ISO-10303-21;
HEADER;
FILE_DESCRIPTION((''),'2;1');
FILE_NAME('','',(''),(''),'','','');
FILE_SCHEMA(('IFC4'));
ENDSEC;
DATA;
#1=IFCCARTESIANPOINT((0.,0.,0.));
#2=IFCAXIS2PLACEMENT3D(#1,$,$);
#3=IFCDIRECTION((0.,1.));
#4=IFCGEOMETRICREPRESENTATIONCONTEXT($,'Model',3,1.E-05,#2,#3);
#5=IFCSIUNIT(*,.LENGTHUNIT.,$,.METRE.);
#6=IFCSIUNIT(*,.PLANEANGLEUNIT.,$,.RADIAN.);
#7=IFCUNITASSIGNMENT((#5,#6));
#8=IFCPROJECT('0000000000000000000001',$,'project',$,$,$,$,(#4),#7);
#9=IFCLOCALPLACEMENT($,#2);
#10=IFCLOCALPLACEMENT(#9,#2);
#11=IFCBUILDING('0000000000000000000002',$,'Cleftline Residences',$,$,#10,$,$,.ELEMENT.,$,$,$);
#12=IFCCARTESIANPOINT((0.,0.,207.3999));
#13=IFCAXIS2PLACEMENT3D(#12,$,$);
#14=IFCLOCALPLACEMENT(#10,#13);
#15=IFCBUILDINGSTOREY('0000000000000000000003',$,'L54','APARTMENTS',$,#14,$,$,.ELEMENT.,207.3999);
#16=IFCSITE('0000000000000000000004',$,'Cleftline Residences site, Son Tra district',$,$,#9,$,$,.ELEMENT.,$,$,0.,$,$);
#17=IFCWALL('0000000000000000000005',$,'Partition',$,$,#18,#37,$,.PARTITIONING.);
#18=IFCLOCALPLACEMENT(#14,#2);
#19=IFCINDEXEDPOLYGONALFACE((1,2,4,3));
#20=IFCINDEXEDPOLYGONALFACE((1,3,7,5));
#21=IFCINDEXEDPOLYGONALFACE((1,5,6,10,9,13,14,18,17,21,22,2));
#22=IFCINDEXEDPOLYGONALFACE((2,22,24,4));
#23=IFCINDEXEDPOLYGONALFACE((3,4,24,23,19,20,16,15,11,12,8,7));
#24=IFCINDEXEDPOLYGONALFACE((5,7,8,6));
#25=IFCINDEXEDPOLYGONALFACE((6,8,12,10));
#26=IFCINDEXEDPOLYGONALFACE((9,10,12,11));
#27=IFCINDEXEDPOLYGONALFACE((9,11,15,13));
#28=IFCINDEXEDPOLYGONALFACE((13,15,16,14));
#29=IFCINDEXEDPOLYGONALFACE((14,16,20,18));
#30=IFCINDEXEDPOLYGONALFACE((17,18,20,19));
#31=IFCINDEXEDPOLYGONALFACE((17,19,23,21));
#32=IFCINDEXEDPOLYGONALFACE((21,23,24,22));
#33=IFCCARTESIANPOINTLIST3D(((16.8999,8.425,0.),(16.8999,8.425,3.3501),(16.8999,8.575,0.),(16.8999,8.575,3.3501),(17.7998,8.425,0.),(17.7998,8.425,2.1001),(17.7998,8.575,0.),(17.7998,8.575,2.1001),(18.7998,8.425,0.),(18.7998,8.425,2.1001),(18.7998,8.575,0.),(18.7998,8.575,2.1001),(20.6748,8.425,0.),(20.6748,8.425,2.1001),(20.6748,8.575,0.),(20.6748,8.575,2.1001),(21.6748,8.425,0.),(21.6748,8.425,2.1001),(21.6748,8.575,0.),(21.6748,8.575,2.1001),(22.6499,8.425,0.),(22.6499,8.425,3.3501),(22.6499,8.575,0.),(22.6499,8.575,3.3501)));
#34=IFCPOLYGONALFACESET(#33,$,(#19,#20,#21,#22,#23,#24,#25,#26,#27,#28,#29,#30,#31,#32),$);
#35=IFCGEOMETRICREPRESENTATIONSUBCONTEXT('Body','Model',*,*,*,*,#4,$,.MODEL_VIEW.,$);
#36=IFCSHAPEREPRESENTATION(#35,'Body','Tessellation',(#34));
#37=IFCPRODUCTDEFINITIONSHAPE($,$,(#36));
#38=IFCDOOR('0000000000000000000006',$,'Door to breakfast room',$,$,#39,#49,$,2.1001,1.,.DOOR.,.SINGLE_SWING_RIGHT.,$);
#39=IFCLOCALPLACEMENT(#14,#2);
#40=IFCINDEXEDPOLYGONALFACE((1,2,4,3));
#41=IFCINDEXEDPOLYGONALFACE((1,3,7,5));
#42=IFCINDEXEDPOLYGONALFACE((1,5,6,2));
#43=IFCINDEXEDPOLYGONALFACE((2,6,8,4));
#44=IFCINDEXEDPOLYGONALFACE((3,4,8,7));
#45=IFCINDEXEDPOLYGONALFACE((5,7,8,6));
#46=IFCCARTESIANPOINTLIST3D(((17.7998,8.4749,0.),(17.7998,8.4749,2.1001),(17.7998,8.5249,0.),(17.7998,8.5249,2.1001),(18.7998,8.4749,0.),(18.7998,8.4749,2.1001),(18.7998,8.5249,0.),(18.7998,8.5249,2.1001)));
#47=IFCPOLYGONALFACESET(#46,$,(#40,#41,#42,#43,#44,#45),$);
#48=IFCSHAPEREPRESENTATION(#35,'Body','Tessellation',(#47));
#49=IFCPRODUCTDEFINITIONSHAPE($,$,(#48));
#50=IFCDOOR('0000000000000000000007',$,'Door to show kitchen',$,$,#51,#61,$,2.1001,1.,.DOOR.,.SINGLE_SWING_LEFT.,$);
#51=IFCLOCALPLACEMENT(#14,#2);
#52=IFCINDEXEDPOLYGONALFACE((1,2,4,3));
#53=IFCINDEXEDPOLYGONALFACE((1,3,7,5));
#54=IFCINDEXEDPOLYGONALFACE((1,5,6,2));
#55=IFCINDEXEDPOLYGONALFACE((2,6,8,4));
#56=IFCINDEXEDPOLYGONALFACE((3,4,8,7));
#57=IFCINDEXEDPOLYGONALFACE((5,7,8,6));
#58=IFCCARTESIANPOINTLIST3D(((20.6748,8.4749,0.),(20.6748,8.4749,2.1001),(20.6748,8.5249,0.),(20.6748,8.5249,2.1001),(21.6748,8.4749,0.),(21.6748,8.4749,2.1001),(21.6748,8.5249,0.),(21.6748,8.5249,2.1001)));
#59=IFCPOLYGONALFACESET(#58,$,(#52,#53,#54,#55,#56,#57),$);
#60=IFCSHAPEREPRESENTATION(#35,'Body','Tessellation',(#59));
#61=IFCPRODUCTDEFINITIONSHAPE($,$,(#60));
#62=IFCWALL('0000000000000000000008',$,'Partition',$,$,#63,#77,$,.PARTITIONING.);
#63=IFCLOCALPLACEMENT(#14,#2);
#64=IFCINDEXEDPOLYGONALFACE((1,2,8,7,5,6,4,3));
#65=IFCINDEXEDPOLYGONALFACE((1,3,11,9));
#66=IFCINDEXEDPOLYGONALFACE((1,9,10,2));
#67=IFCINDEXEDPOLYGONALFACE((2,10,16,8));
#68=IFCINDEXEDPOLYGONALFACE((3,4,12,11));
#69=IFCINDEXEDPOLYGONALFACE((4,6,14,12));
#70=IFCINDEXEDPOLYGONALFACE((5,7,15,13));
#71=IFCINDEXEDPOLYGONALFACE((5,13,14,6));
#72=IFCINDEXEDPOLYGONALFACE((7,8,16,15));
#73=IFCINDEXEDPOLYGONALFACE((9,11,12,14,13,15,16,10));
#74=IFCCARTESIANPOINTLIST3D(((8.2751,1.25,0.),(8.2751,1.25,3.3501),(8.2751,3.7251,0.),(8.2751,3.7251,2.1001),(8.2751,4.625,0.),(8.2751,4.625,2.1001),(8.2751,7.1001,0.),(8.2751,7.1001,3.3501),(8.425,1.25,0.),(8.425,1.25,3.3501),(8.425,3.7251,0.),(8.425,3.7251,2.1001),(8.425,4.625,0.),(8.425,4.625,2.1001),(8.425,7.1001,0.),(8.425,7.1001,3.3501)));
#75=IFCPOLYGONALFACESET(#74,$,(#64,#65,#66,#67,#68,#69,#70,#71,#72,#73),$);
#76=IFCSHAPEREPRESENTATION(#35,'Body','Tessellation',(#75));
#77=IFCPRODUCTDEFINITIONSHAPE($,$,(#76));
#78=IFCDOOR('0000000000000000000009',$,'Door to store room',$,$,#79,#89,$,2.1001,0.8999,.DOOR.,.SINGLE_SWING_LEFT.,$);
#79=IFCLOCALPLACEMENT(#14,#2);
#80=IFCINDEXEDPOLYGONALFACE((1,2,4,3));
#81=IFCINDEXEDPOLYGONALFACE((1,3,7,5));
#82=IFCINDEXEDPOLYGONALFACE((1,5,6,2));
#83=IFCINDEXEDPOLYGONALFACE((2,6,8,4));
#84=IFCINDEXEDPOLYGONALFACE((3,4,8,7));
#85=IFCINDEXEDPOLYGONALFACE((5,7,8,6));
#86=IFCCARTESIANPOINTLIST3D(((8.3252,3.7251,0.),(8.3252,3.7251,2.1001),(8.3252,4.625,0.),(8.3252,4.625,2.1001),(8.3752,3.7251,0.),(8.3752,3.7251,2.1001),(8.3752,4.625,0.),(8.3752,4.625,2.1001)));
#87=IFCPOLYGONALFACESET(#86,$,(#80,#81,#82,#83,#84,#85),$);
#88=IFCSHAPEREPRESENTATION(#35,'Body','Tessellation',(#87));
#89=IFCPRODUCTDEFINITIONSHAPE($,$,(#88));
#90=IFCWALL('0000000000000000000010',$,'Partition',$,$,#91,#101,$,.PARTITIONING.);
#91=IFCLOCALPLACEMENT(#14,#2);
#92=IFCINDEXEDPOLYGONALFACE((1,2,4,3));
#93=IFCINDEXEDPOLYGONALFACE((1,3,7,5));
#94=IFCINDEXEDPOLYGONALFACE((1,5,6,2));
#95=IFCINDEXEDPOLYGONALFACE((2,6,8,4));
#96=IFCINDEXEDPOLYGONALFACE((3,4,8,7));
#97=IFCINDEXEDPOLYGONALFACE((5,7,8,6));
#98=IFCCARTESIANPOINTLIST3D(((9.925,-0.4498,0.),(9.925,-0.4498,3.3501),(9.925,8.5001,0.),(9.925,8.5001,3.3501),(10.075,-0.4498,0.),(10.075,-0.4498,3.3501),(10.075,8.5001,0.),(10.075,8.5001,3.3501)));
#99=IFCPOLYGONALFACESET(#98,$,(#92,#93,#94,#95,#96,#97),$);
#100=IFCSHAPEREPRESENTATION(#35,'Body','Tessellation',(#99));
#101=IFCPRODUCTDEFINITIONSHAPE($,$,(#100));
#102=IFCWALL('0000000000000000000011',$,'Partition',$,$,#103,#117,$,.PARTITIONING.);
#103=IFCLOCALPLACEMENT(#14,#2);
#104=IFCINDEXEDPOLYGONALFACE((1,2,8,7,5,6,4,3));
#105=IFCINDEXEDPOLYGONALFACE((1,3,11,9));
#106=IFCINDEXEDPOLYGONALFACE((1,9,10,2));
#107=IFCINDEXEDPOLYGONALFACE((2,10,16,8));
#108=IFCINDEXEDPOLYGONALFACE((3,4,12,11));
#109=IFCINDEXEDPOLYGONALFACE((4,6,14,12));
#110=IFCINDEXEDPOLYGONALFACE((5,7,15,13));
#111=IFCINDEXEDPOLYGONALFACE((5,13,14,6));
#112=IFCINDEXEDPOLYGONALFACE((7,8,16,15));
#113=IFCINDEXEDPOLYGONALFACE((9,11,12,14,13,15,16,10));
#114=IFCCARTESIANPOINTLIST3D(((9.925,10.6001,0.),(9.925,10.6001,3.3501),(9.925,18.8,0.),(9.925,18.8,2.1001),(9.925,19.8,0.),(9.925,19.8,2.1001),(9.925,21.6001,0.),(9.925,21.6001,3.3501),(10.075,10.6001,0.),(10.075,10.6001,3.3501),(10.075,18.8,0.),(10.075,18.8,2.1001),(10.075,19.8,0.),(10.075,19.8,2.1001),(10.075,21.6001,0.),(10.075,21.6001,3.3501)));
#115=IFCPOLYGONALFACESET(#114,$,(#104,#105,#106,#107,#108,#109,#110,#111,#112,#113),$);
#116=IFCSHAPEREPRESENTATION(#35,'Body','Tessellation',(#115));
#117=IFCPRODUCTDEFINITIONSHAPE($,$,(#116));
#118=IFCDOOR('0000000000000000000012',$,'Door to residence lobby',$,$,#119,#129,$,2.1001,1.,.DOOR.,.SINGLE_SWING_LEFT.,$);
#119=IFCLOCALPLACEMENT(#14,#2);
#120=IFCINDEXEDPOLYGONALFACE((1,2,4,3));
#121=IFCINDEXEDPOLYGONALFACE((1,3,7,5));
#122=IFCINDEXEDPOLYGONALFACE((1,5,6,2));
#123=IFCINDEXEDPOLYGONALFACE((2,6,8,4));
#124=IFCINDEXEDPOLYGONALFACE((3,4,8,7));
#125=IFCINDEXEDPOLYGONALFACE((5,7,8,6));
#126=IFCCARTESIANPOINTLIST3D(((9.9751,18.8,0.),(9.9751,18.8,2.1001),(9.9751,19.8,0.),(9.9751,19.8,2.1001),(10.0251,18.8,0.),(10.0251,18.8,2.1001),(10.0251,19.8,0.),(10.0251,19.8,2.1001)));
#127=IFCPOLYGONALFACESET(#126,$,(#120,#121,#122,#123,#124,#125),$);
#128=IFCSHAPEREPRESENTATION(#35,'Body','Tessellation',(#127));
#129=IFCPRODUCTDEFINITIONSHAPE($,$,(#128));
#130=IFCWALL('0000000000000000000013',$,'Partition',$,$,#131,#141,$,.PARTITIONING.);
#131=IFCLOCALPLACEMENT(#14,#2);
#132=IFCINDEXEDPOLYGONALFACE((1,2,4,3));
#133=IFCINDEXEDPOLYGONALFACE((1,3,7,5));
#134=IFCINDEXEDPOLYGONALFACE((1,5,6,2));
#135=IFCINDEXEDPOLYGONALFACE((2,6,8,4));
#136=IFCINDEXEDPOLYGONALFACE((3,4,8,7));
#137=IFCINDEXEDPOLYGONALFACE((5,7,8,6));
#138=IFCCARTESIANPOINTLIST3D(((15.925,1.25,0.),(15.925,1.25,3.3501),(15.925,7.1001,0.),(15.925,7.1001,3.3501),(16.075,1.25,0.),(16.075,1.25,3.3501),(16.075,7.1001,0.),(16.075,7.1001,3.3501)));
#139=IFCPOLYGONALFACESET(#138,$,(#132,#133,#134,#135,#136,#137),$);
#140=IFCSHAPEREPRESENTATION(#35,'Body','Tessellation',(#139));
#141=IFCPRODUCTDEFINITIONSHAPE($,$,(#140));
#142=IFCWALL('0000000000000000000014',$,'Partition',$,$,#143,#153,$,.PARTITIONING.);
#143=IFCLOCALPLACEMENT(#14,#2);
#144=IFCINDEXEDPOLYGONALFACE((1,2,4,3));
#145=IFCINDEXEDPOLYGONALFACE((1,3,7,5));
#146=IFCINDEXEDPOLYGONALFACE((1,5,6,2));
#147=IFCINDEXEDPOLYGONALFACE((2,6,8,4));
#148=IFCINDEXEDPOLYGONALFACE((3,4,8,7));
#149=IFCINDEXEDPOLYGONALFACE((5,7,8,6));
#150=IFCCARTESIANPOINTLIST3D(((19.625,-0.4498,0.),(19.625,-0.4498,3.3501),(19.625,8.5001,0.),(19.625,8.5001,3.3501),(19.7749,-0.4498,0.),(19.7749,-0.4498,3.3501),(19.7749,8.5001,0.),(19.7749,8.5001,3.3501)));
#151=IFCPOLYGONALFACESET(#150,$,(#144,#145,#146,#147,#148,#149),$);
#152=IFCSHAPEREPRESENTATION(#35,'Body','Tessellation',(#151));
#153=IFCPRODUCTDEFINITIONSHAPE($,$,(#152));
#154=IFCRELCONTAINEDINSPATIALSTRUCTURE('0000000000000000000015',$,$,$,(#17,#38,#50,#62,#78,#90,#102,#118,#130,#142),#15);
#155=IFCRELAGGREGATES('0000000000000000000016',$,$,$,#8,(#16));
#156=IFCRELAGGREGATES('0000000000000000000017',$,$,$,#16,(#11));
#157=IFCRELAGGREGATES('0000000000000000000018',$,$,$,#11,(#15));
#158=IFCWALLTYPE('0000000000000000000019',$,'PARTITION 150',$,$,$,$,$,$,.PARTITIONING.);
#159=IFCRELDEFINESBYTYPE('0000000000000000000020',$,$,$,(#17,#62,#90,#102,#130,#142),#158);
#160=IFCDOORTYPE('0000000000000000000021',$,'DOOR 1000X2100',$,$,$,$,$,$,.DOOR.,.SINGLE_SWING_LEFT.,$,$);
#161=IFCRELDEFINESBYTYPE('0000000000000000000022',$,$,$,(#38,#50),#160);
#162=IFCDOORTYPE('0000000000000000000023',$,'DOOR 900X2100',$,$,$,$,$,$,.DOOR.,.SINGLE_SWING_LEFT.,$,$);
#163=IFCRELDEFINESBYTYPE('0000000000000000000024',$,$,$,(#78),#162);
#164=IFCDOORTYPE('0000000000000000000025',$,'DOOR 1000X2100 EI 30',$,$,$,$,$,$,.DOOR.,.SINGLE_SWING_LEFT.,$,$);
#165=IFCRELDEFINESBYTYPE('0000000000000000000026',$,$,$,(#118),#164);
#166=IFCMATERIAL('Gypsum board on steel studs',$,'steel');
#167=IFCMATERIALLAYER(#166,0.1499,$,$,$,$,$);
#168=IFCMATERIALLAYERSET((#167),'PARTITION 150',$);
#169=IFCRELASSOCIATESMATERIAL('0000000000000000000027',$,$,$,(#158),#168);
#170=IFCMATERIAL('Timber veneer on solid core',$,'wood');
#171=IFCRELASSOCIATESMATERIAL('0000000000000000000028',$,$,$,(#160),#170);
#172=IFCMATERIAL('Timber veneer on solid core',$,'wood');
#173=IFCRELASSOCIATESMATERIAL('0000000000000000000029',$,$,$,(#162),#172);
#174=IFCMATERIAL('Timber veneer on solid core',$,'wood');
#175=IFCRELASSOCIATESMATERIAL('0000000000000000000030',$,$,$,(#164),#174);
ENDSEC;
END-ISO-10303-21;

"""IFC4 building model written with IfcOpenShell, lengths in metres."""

from ifc_helpers import new_model, si_unit, direction, frame, frame_2d, origin, place, context, subcontext, project, spatial, rectangle, extrude, material, layer, layer_set, type_object, element, fill, save


model = new_model("IFC4")

# Units and contexts
model_context = context("Model", 3, precision=1e-05, world=origin(), true_north=direction((0.0, 1.0)))
body_context = subcontext(model_context, "Body", "Model", "MODEL_VIEW")
ifc_project = project(units=[si_unit("LENGTHUNIT", "METRE"), si_unit("PLANEANGLEUNIT", "RADIAN")], contexts=[model_context])

# Site, building, storey
site_placement = place(None, origin())
site = spatial("IfcSite", under=ifc_project, at=site_placement, Name="Cleftline Residences site, Son Tra district", CompositionType="ELEMENT", RefElevation=0.0)
building_placement = place(site_placement, origin())
building = spatial("IfcBuilding", under=site, at=building_placement, Name="Cleftline Residences", CompositionType="ELEMENT")
storey_placement = place(building_placement, frame((0.0, 0.0, 207.3999)))
storey = spatial("IfcBuildingStorey", under=building, at=storey_placement, Name="L54", Description="APARTMENTS", CompositionType="ELEMENT", Elevation=207.3999)

# Shared definitions
ifc_material_1 = material(Name="Gypsum board on steel studs", Category="steel")
ifc_layer_1 = layer(ifc_material_1, 0.1499)
ifc_layer_set_1 = layer_set([ifc_layer_1], Name="PARTITION 150")
wall_type = type_object("IfcWallType", Name="PARTITION 150", PredefinedType="PARTITIONING", material=ifc_layer_set_1)
ifc_material_2 = material(Name="Timber veneer on solid core", Category="wood")
door_type_1 = type_object("IfcDoorType", Name="DOOR 1000X2100", OperationType="SINGLE_SWING_LEFT", PredefinedType="DOOR", material=ifc_material_2)

# Wall, openings, doors
wall_1_placement = place(storey_placement, frame((16.8999, 8.5, 0.0), z_axis=(0.0, 0.0, 1.0), x_axis=(1.0, 0.0, 0.0)))
wall_1 = element("IfcWall", 1, at=wall_1_placement, inside=storey, type_object=wall_type, Name="Partition", PredefinedType="PARTITIONING", context=body_context, shape_type="SweptSolid", body=[
    extrude(rectangle(XDim=5.75, YDim=0.1499, at=frame_2d((2.875, 0.0))), origin(), (0.0, 0.0, 1.0), 3.3501),
])
opening_1_placement = place(wall_1_placement, frame((0.8999, 0.0, 0.0)))
opening_1 = element("IfcOpeningElement", 2, at=opening_1_placement, cuts=wall_1, PredefinedType="OPENING", context=body_context, shape_type="SweptSolid", body=[
    extrude(rectangle(XDim=1.0, YDim=2.1001, at=frame_2d((0.5, 1.05))), frame((0.0, 0.085, 0.0), z_axis=(0.0, -1.0, 0.0), x_axis=(1.0, 0.0, 0.0)), (0.0, 0.0, 1.0), 0.1699),
])
opening_2_placement = place(wall_1_placement, frame((3.7749, 0.0, 0.0)))
opening_2 = element("IfcOpeningElement", 3, at=opening_2_placement, cuts=wall_1, PredefinedType="OPENING", context=body_context, shape_type="SweptSolid", body=[
    extrude(rectangle(XDim=1.0, YDim=2.1001, at=frame_2d((0.5, 1.05))), frame((0.0, 0.085, 0.0), z_axis=(0.0, -1.0, 0.0), x_axis=(1.0, 0.0, 0.0)), (0.0, 0.0, 1.0), 0.1699),
])
door_1_placement = place(opening_1_placement, origin())
door_1 = element("IfcDoor", 4, at=door_1_placement, inside=storey, type_object=door_type_1, Name="Door to breakfast room", OperationType="SINGLE_SWING_RIGHT", OverallHeight=2.1001, OverallWidth=1.0, PredefinedType="DOOR", context=body_context, shape_type="SweptSolid", body=[
    extrude(rectangle(XDim=1.0, YDim=2.1001, at=frame_2d((0.5, 1.05))), frame((0.0, 0.0249, 0.0), z_axis=(0.0, -1.0, 0.0), x_axis=(1.0, 0.0, 0.0)), (0.0, 0.0, 1.0), 0.05),
])
fill(opening_1, door_1)
door_2_placement = place(opening_2_placement, origin())
door_2 = element("IfcDoor", 5, at=door_2_placement, inside=storey, type_object=door_type_1, Name="Door to show kitchen", OperationType="SINGLE_SWING_LEFT", OverallHeight=2.1001, OverallWidth=1.0, PredefinedType="DOOR", context=body_context, shape_type="SweptSolid", body=[
    extrude(rectangle(XDim=1.0, YDim=2.1001, at=frame_2d((0.5, 1.05))), frame((0.0, 0.0249, 0.0), z_axis=(0.0, -1.0, 0.0), x_axis=(1.0, 0.0, 0.0)), (0.0, 0.0, 1.0), 0.05),
])
fill(opening_2, door_2)

# Wall, opening, door
wall_2_placement = place(storey_placement, frame((8.3501, 1.25, 0.0), z_axis=(0.0, 0.0, 1.0), x_axis=(0.0, 1.0, 0.0)))
wall_2 = element("IfcWall", 6, at=wall_2_placement, inside=storey, type_object=wall_type, Name="Partition", PredefinedType="PARTITIONING", context=body_context, shape_type="SweptSolid", body=[
    extrude(rectangle(XDim=5.8501, YDim=0.1499, at=frame_2d((2.925, 0.0))), origin(), (0.0, 0.0, 1.0), 3.3501),
])
opening_3_placement = place(wall_2_placement, frame((2.4751, 0.0, 0.0)))
opening_3 = element("IfcOpeningElement", 7, at=opening_3_placement, cuts=wall_2, PredefinedType="OPENING", context=body_context, shape_type="SweptSolid", body=[
    extrude(rectangle(XDim=0.8999, YDim=2.1001, at=frame_2d((0.45, 1.05))), frame((0.0, 0.085, 0.0), z_axis=(0.0, -1.0, 0.0), x_axis=(1.0, 0.0, 0.0)), (0.0, 0.0, 1.0), 0.1699),
])
ifc_material_3 = material(Name="Timber veneer on solid core", Category="wood")
door_type_2 = type_object("IfcDoorType", Name="DOOR 900X2100", OperationType="SINGLE_SWING_LEFT", PredefinedType="DOOR", material=ifc_material_3)
door_3_placement = place(opening_3_placement, origin())
door_3 = element("IfcDoor", 8, at=door_3_placement, inside=storey, type_object=door_type_2, Name="Door to store room", OperationType="SINGLE_SWING_LEFT", OverallHeight=2.1001, OverallWidth=0.8999, PredefinedType="DOOR", context=body_context, shape_type="SweptSolid", body=[
    extrude(rectangle(XDim=0.8999, YDim=2.1001, at=frame_2d((0.45, 1.05))), frame((0.0, 0.0249, 0.0), z_axis=(0.0, -1.0, 0.0), x_axis=(1.0, 0.0, 0.0)), (0.0, 0.0, 1.0), 0.05),
])
fill(opening_3, door_3)

# Wall
wall_3_placement = place(storey_placement, frame((10.0, -0.45, 0.0), z_axis=(0.0, 0.0, 1.0), x_axis=(0.0, 1.0, 0.0)))
element("IfcWall", 9, at=wall_3_placement, inside=storey, type_object=wall_type, Name="Partition", PredefinedType="PARTITIONING", context=body_context, shape_type="SweptSolid", body=[
    extrude(rectangle(XDim=8.95, YDim=0.1499, at=frame_2d((4.4751, 0.0))), origin(), (0.0, 0.0, 1.0), 3.3501),
])

# Wall, opening, door
wall_4_placement = place(storey_placement, frame((10.0, 10.6001, 0.0), z_axis=(0.0, 0.0, 1.0), x_axis=(0.0, 1.0, 0.0)))
wall_4 = element("IfcWall", 10, at=wall_4_placement, inside=storey, type_object=wall_type, Name="Partition", PredefinedType="PARTITIONING", context=body_context, shape_type="SweptSolid", body=[
    extrude(rectangle(XDim=11.0, YDim=0.1499, at=frame_2d((5.5, 0.0))), origin(), (0.0, 0.0, 1.0), 3.3501),
])
opening_4_placement = place(wall_4_placement, frame((8.2, 0.0, 0.0)))
opening_4 = element("IfcOpeningElement", 11, at=opening_4_placement, cuts=wall_4, PredefinedType="OPENING", context=body_context, shape_type="SweptSolid", body=[
    extrude(rectangle(XDim=1.0, YDim=2.1001, at=frame_2d((0.5, 1.05))), frame((0.0, 0.085, 0.0), z_axis=(0.0, -1.0, 0.0), x_axis=(1.0, 0.0, 0.0)), (0.0, 0.0, 1.0), 0.1699),
])
ifc_material_4 = material(Name="Timber veneer on solid core", Category="wood")
door_type_3 = type_object("IfcDoorType", Name="DOOR 1000X2100 EI 30", OperationType="SINGLE_SWING_LEFT", PredefinedType="DOOR", material=ifc_material_4)
door_4_placement = place(opening_4_placement, origin())
door_4 = element("IfcDoor", 12, at=door_4_placement, inside=storey, type_object=door_type_3, Name="Door to residence lobby", OperationType="SINGLE_SWING_LEFT", OverallHeight=2.1001, OverallWidth=1.0, PredefinedType="DOOR", context=body_context, shape_type="SweptSolid", body=[
    extrude(rectangle(XDim=1.0, YDim=2.1001, at=frame_2d((0.5, 1.05))), frame((0.0, 0.0249, 0.0), z_axis=(0.0, -1.0, 0.0), x_axis=(1.0, 0.0, 0.0)), (0.0, 0.0, 1.0), 0.05),
])
fill(opening_4, door_4)

# Walls
wall_5_placement = place(storey_placement, frame((16.0, 1.25, 0.0), z_axis=(0.0, 0.0, 1.0), x_axis=(0.0, 1.0, 0.0)))
element("IfcWall", 13, at=wall_5_placement, inside=storey, type_object=wall_type, Name="Partition", PredefinedType="PARTITIONING", context=body_context, shape_type="SweptSolid", body=[
    extrude(rectangle(XDim=5.8501, YDim=0.1499, at=frame_2d((2.925, 0.0))), origin(), (0.0, 0.0, 1.0), 3.3501),
])
wall_6_placement = place(storey_placement, frame((19.7, -0.45, 0.0), z_axis=(0.0, 0.0, 1.0), x_axis=(0.0, 1.0, 0.0)))
element("IfcWall", 14, at=wall_6_placement, inside=storey, type_object=wall_type, Name="Partition", PredefinedType="PARTITIONING", context=body_context, shape_type="SweptSolid", body=[
    extrude(rectangle(XDim=8.95, YDim=0.1499, at=frame_2d((4.4751, 0.0))), origin(), (0.0, 0.0, 1.0), 3.3501),
])

save(model, "model.ifc")
